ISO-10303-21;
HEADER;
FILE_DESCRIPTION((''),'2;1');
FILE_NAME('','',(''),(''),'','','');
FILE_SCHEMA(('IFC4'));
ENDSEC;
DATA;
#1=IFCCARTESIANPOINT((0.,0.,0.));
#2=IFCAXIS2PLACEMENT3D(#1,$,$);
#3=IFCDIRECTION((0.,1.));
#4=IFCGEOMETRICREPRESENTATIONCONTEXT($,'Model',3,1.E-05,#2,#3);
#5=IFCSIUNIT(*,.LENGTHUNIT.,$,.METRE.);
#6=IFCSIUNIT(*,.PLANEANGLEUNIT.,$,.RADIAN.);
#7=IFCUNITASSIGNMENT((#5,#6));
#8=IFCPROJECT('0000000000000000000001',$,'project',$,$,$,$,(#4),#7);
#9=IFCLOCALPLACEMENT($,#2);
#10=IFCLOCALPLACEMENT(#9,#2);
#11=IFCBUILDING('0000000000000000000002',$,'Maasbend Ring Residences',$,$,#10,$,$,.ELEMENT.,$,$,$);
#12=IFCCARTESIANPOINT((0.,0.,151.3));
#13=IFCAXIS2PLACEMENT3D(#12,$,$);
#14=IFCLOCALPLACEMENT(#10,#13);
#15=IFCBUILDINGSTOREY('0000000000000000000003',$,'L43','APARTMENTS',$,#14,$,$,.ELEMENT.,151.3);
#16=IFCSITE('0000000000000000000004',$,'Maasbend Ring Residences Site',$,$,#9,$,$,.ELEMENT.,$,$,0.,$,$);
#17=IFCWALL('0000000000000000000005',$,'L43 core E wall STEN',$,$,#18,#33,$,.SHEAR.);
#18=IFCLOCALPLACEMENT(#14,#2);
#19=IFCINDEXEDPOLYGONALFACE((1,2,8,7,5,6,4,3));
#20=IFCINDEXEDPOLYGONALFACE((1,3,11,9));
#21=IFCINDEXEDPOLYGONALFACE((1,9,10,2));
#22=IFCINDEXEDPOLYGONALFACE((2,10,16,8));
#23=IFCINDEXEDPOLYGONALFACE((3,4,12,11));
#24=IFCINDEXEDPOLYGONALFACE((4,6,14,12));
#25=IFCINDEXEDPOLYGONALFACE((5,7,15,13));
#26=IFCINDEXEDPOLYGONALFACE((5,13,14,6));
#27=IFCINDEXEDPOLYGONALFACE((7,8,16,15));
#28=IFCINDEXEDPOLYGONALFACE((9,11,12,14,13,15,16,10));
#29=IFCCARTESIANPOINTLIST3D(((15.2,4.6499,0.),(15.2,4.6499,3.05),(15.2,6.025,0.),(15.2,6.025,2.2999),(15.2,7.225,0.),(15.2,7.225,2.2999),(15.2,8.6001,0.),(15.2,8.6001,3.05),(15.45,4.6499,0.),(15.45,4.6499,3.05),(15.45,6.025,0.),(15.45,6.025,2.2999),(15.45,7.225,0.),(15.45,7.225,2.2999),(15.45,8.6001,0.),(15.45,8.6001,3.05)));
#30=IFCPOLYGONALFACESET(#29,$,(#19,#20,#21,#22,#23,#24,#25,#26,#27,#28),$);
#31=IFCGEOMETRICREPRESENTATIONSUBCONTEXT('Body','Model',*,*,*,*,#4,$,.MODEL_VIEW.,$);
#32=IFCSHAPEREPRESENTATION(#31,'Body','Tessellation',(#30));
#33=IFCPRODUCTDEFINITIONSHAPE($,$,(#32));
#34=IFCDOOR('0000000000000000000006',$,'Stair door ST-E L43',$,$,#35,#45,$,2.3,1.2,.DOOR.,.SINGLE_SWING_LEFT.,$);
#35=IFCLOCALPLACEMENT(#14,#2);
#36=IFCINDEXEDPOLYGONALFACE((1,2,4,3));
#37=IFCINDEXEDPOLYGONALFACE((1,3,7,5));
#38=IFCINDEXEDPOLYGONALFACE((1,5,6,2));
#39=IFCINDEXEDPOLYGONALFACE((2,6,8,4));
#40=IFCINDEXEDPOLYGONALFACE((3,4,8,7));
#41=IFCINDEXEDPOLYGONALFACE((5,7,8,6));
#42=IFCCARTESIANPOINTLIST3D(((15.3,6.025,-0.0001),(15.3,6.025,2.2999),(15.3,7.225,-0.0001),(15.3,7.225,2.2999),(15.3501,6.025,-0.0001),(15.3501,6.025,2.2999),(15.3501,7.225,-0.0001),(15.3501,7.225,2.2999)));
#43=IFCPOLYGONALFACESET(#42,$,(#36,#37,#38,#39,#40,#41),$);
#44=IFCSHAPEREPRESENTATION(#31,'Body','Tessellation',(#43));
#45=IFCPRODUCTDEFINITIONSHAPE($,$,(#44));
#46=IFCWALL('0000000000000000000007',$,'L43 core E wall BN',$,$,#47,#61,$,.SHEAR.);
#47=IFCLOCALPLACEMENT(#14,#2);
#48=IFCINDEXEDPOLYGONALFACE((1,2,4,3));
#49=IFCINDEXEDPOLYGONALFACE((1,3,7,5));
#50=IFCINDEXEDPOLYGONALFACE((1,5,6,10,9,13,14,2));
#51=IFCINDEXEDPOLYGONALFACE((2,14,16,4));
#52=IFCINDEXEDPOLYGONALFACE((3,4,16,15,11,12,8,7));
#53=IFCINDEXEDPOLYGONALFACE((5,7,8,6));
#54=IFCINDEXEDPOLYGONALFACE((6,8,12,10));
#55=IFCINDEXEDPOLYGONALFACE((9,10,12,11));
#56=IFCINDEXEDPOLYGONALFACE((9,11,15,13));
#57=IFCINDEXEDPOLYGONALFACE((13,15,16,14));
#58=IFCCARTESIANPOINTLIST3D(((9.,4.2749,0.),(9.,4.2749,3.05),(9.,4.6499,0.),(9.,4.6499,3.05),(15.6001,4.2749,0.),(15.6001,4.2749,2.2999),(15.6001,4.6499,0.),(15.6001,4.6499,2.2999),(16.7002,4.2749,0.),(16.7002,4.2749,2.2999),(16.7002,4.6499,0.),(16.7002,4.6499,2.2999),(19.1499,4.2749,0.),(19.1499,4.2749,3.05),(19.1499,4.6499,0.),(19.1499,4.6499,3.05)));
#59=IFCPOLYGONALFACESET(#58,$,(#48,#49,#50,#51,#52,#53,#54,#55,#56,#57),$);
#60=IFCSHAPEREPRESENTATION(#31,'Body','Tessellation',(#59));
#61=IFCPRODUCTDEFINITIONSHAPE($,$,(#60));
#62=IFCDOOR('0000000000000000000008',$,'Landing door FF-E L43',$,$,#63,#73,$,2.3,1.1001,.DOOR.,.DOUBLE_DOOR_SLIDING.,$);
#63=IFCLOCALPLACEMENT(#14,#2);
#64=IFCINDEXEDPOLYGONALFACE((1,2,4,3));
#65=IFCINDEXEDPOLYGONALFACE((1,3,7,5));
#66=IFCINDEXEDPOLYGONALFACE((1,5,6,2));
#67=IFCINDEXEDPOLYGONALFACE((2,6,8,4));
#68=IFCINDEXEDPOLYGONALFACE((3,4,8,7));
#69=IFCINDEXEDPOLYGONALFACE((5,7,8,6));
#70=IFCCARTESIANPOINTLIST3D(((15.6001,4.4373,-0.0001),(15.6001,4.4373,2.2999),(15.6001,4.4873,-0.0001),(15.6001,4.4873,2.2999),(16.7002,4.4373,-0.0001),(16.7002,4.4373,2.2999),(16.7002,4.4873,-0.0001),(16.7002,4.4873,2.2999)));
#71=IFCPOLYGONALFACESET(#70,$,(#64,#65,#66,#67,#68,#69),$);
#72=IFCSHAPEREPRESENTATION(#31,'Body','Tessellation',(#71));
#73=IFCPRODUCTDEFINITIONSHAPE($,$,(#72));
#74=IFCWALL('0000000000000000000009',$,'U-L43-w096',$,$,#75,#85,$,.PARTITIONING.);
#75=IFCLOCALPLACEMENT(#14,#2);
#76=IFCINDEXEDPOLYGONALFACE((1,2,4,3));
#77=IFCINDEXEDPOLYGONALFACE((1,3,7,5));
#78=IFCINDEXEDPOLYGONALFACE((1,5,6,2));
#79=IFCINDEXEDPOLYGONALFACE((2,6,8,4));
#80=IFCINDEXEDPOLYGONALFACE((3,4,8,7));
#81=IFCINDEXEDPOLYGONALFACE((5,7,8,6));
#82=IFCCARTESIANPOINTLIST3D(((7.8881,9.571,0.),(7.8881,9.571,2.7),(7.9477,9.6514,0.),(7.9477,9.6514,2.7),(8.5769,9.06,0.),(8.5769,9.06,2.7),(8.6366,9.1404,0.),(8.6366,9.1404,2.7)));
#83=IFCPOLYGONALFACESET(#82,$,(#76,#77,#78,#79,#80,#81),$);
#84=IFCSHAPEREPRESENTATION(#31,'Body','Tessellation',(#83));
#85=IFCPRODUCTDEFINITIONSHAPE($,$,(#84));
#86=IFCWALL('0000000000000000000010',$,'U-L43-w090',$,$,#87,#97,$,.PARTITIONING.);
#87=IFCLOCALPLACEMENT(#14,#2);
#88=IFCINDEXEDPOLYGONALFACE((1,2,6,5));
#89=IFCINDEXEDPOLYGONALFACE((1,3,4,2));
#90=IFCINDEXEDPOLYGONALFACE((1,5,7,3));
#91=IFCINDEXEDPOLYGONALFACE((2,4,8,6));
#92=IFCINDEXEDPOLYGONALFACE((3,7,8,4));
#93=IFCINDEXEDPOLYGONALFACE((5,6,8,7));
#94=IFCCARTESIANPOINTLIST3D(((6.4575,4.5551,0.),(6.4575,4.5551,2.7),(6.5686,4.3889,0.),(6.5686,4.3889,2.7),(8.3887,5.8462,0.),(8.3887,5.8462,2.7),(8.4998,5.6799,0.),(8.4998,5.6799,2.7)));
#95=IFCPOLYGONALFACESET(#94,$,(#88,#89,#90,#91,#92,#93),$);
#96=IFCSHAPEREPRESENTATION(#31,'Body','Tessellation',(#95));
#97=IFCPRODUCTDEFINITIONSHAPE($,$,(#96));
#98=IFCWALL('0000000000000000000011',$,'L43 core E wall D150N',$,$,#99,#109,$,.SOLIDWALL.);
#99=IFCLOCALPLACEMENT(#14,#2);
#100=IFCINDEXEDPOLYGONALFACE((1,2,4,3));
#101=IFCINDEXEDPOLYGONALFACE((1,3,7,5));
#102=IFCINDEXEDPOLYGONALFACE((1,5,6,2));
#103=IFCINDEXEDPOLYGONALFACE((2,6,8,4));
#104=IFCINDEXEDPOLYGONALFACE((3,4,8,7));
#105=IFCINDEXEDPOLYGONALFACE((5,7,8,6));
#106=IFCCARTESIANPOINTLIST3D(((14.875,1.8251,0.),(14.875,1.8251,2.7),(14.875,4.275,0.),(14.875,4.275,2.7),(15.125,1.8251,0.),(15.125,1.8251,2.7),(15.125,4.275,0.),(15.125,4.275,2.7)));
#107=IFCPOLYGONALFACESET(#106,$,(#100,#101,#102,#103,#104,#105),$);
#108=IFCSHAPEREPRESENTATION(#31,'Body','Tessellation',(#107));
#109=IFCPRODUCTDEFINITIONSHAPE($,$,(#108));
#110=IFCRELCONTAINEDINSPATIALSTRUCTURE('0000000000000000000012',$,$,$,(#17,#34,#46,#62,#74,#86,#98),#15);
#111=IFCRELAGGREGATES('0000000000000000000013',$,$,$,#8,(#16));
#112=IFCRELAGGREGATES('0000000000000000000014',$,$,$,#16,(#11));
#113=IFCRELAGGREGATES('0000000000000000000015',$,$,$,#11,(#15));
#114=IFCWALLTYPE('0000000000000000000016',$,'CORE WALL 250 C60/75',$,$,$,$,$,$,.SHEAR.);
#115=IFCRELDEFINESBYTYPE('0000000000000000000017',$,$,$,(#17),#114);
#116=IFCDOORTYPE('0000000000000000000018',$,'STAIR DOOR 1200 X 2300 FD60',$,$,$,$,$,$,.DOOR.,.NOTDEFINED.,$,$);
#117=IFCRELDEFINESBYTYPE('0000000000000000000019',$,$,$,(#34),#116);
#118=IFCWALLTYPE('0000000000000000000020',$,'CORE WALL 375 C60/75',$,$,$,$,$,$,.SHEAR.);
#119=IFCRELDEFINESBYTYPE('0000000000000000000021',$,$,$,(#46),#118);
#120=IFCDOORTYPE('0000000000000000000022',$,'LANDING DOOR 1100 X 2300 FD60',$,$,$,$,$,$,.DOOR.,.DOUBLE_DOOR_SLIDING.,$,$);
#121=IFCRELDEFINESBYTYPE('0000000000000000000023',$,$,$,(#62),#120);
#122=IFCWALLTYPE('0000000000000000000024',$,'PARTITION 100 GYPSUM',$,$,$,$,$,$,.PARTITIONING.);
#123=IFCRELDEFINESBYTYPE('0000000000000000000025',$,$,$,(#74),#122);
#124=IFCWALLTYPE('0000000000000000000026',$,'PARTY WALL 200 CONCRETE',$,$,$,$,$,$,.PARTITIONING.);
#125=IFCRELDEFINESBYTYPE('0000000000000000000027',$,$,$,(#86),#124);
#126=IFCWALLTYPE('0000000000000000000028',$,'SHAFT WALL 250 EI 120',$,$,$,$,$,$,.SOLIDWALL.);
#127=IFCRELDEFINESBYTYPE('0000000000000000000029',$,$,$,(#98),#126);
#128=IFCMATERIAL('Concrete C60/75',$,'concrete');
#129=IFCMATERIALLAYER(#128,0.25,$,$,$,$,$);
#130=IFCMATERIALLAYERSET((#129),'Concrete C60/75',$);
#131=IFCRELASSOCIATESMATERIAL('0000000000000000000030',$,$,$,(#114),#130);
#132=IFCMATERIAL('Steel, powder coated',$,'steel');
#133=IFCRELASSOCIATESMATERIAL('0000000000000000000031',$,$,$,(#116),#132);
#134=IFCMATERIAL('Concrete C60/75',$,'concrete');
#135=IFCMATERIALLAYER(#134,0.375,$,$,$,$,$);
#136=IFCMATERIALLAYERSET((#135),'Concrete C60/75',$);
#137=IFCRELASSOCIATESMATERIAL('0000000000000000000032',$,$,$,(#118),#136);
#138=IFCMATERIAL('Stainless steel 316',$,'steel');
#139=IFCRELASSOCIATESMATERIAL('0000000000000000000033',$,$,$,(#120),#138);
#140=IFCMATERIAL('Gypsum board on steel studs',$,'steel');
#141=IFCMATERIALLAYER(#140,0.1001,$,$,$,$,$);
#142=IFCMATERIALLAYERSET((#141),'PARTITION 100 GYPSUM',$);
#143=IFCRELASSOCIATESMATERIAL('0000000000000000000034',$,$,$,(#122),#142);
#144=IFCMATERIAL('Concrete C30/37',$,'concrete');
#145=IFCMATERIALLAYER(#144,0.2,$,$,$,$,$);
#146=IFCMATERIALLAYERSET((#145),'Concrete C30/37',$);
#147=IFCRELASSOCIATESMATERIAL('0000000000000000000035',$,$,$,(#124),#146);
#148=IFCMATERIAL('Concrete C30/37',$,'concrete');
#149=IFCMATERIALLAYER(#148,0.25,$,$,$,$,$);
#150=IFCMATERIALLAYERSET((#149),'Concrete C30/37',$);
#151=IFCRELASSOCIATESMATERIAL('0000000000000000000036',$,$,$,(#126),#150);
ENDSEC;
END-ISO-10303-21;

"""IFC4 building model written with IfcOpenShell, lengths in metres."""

from ifc_helpers import new_model, si_unit, direction, frame, frame_2d, origin, place, context, subcontext, project, spatial, rectangle, extrude, material, layer, layer_set, type_object, element, fill, save


model = new_model("IFC4")

# Units and contexts
model_context = context("Model", 3, precision=1e-05, world=origin(), true_north=direction((0.0, 1.0)))
body_context = subcontext(model_context, "Body", "Model", "MODEL_VIEW")
ifc_project = project(units=[si_unit("LENGTHUNIT", "METRE"), si_unit("PLANEANGLEUNIT", "RADIAN")], contexts=[model_context])

# Site, building, storey
site_placement = place(None, origin())
site = spatial("IfcSite", under=ifc_project, at=site_placement, Name="Maasbend Ring Residences Site", CompositionType="ELEMENT", RefElevation=0.0)
building_placement = place(site_placement, origin())
building = spatial("IfcBuilding", under=site, at=building_placement, Name="Maasbend Ring Residences", CompositionType="ELEMENT")
storey_placement = place(building_placement, frame((0.0, 0.0, 151.3)))
storey = spatial("IfcBuildingStorey", under=building, at=storey_placement, Name="L43", Description="APARTMENTS", CompositionType="ELEMENT", Elevation=151.3)

# Shared definitions
ifc_material_1 = material(Name="Concrete C60/75", Category="concrete")
ifc_layer_1 = layer(ifc_material_1, 0.25)
ifc_layer_set_1 = layer_set([ifc_layer_1], Name="Concrete C60/75")
wall_type_1 = type_object("IfcWallType", Name="CORE WALL 250 C60/75", PredefinedType="SHEAR", material=ifc_layer_set_1)

# Walls, openings, doors
wall_1_placement = place(storey_placement, frame((15.325, 4.6499, 0.0), z_axis=(0.0, 0.0, 1.0), x_axis=(0.0, 1.0, 0.0)))
wall_1 = element("IfcWall", 1, at=wall_1_placement, inside=storey, type_object=wall_type_1, Name="L43 core E wall STEN", PredefinedType="SHEAR", context=body_context, shape_type="SweptSolid", body=[
    extrude(rectangle(XDim=3.9502, YDim=0.25, at=frame_2d((1.9751, 0.0))), origin(), (0.0, 0.0, 1.0), 3.05),
])
opening_1_placement = place(wall_1_placement, frame((1.375, 0.0, 0.0)))
opening_1 = element("IfcOpeningElement", 2, at=opening_1_placement, cuts=wall_1, PredefinedType="OPENING", context=body_context, shape_type="SweptSolid", body=[
    extrude(rectangle(XDim=1.2, YDim=2.3, at=frame_2d((0.6001, 1.1499))), frame((0.0, 0.135, 0.0), z_axis=(0.0, -1.0, 0.0), x_axis=(1.0, 0.0, 0.0)), (0.0, 0.0, 1.0), 0.27),
])
ifc_material_2 = material(Name="Steel, powder coated", Category="steel")
door_type_1 = type_object("IfcDoorType", Name="STAIR DOOR 1200 X 2300 FD60", OperationType="NOTDEFINED", PredefinedType="DOOR", material=ifc_material_2)
door_1_placement = place(opening_1_placement, origin())
door_1 = element("IfcDoor", 3, at=door_1_placement, inside=storey, type_object=door_type_1, Name="Stair door ST-E L43", OperationType="SINGLE_SWING_LEFT", OverallHeight=2.3, OverallWidth=1.2, PredefinedType="DOOR", context=body_context, shape_type="SweptSolid", body=[
    extrude(rectangle(XDim=1.2, YDim=2.3, at=frame_2d((0.6001, 1.1499))), frame((0.0, 0.0249, 0.0), z_axis=(0.0, -1.0, 0.0), x_axis=(1.0, 0.0, 0.0)), (0.0, 0.0, 1.0), 0.05),
])
fill(opening_1, door_1)
ifc_material_3 = material(Name="Concrete C60/75", Category="concrete")
ifc_layer_2 = layer(ifc_material_3, 0.375)
ifc_layer_set_2 = layer_set([ifc_layer_2], Name="Concrete C60/75")
wall_type_2 = type_object("IfcWallType", Name="CORE WALL 375 C60/75", PredefinedType="SHEAR", material=ifc_layer_set_2)
wall_2_placement = place(storey_placement, frame((9.0, 4.4624, 0.0), z_axis=(0.0, 0.0, 1.0), x_axis=(1.0, 0.0, 0.0)))
wall_2 = element("IfcWall", 4, at=wall_2_placement, inside=storey, type_object=wall_type_2, Name="L43 core E wall BN", PredefinedType="SHEAR", context=body_context, shape_type="SweptSolid", body=[
    extrude(rectangle(XDim=10.1499, YDim=0.375, at=frame_2d((5.075, 0.0))), origin(), (0.0, 0.0, 1.0), 3.05),
])
opening_2_placement = place(wall_2_placement, frame((6.6001, 0.0, 0.0)))
opening_2 = element("IfcOpeningElement", 5, at=opening_2_placement, cuts=wall_2, PredefinedType="OPENING", context=body_context, shape_type="SweptSolid", body=[
    extrude(rectangle(XDim=1.1001, YDim=2.3, at=frame_2d((0.55, 1.1499))), frame((0.0, 0.1975, 0.0), z_axis=(0.0, -1.0, 0.0), x_axis=(1.0, 0.0, 0.0)), (0.0, 0.0, 1.0), 0.395),
])
ifc_material_4 = material(Name="Stainless steel 316", Category="steel")
door_type_2 = type_object("IfcDoorType", Name="LANDING DOOR 1100 X 2300 FD60", OperationType="DOUBLE_DOOR_SLIDING", PredefinedType="DOOR", material=ifc_material_4)
door_2_placement = place(opening_2_placement, origin())
door_2 = element("IfcDoor", 6, at=door_2_placement, inside=storey, type_object=door_type_2, Name="Landing door FF-E L43", OperationType="DOUBLE_DOOR_SLIDING", OverallHeight=2.3, OverallWidth=1.1001, PredefinedType="DOOR", context=body_context, shape_type="SweptSolid", body=[
    extrude(rectangle(XDim=1.1001, YDim=2.3, at=frame_2d((0.55, 1.1499))), frame((0.0, 0.0249, 0.0), z_axis=(0.0, -1.0, 0.0), x_axis=(1.0, 0.0, 0.0)), (0.0, 0.0, 1.0), 0.05),
])
fill(opening_2, door_2)

# Walls
ifc_material_5 = material(Name="Gypsum board on steel studs", Category="steel")
ifc_layer_3 = layer(ifc_material_5, 0.1001)
ifc_layer_set_3 = layer_set([ifc_layer_3], Name="PARTITION 100 GYPSUM")
wall_type_3 = type_object("IfcWallType", Name="PARTITION 100 GYPSUM", PredefinedType="PARTITIONING", material=ifc_layer_set_3)
wall_3_placement = place(storey_placement, frame((7.918, 9.6111, 0.0), z_axis=(0.0, 0.0, 1.0), x_axis=(0.803199, -0.595711, 0.0)))
element("IfcWall", 7, at=wall_3_placement, inside=storey, type_object=wall_type_3, Name="U-L43-w096", PredefinedType="PARTITIONING", context=body_context, shape_type="SweptSolid", body=[
    extrude(rectangle(XDim=0.8577, YDim=0.1001, at=frame_2d((0.4287, 0.0))), origin(), (0.0, 0.0, 1.0), 2.7),
])
ifc_material_6 = material(Name="Concrete C30/37", Category="concrete")
ifc_layer_4 = layer(ifc_material_6, 0.2)
ifc_layer_set_4 = layer_set([ifc_layer_4], Name="Concrete C30/37")
wall_type_4 = type_object("IfcWallType", Name="PARTY WALL 200 CONCRETE", PredefinedType="PARTITIONING", material=ifc_layer_set_4)
wall_4_placement = place(storey_placement, frame((6.5129, 4.4719, 0.0), z_axis=(0.0, 0.0, 1.0), x_axis=(0.831338, 0.555767, 0.0)))
element("IfcWall", 8, at=wall_4_placement, inside=storey, type_object=wall_type_4, Name="U-L43-w090", PredefinedType="PARTITIONING", context=body_context, shape_type="SweptSolid", body=[
    extrude(rectangle(XDim=2.323, YDim=0.2, at=frame_2d((1.1616, 0.0))), origin(), (0.0, 0.0, 1.0), 2.7),
])
ifc_material_7 = material(Name="Concrete C30/37", Category="concrete")
ifc_layer_5 = layer(ifc_material_7, 0.25)
ifc_layer_set_5 = layer_set([ifc_layer_5], Name="Concrete C30/37")
wall_type_5 = type_object("IfcWallType", Name="SHAFT WALL 250 EI 120", PredefinedType="SOLIDWALL", material=ifc_layer_set_5)
wall_5_placement = place(storey_placement, frame((15.0, 1.825, 0.0), z_axis=(0.0, 0.0, 1.0), x_axis=(0.0, 1.0, 0.0)))
element("IfcWall", 9, at=wall_5_placement, inside=storey, type_object=wall_type_5, Name="L43 core E wall D150N", PredefinedType="SOLIDWALL", context=body_context, shape_type="SweptSolid", body=[
    extrude(rectangle(XDim=2.45, YDim=0.25, at=frame_2d((1.2251, 0.0))), origin(), (0.0, 0.0, 1.0), 2.7),
])

save(model, "model.ifc")
